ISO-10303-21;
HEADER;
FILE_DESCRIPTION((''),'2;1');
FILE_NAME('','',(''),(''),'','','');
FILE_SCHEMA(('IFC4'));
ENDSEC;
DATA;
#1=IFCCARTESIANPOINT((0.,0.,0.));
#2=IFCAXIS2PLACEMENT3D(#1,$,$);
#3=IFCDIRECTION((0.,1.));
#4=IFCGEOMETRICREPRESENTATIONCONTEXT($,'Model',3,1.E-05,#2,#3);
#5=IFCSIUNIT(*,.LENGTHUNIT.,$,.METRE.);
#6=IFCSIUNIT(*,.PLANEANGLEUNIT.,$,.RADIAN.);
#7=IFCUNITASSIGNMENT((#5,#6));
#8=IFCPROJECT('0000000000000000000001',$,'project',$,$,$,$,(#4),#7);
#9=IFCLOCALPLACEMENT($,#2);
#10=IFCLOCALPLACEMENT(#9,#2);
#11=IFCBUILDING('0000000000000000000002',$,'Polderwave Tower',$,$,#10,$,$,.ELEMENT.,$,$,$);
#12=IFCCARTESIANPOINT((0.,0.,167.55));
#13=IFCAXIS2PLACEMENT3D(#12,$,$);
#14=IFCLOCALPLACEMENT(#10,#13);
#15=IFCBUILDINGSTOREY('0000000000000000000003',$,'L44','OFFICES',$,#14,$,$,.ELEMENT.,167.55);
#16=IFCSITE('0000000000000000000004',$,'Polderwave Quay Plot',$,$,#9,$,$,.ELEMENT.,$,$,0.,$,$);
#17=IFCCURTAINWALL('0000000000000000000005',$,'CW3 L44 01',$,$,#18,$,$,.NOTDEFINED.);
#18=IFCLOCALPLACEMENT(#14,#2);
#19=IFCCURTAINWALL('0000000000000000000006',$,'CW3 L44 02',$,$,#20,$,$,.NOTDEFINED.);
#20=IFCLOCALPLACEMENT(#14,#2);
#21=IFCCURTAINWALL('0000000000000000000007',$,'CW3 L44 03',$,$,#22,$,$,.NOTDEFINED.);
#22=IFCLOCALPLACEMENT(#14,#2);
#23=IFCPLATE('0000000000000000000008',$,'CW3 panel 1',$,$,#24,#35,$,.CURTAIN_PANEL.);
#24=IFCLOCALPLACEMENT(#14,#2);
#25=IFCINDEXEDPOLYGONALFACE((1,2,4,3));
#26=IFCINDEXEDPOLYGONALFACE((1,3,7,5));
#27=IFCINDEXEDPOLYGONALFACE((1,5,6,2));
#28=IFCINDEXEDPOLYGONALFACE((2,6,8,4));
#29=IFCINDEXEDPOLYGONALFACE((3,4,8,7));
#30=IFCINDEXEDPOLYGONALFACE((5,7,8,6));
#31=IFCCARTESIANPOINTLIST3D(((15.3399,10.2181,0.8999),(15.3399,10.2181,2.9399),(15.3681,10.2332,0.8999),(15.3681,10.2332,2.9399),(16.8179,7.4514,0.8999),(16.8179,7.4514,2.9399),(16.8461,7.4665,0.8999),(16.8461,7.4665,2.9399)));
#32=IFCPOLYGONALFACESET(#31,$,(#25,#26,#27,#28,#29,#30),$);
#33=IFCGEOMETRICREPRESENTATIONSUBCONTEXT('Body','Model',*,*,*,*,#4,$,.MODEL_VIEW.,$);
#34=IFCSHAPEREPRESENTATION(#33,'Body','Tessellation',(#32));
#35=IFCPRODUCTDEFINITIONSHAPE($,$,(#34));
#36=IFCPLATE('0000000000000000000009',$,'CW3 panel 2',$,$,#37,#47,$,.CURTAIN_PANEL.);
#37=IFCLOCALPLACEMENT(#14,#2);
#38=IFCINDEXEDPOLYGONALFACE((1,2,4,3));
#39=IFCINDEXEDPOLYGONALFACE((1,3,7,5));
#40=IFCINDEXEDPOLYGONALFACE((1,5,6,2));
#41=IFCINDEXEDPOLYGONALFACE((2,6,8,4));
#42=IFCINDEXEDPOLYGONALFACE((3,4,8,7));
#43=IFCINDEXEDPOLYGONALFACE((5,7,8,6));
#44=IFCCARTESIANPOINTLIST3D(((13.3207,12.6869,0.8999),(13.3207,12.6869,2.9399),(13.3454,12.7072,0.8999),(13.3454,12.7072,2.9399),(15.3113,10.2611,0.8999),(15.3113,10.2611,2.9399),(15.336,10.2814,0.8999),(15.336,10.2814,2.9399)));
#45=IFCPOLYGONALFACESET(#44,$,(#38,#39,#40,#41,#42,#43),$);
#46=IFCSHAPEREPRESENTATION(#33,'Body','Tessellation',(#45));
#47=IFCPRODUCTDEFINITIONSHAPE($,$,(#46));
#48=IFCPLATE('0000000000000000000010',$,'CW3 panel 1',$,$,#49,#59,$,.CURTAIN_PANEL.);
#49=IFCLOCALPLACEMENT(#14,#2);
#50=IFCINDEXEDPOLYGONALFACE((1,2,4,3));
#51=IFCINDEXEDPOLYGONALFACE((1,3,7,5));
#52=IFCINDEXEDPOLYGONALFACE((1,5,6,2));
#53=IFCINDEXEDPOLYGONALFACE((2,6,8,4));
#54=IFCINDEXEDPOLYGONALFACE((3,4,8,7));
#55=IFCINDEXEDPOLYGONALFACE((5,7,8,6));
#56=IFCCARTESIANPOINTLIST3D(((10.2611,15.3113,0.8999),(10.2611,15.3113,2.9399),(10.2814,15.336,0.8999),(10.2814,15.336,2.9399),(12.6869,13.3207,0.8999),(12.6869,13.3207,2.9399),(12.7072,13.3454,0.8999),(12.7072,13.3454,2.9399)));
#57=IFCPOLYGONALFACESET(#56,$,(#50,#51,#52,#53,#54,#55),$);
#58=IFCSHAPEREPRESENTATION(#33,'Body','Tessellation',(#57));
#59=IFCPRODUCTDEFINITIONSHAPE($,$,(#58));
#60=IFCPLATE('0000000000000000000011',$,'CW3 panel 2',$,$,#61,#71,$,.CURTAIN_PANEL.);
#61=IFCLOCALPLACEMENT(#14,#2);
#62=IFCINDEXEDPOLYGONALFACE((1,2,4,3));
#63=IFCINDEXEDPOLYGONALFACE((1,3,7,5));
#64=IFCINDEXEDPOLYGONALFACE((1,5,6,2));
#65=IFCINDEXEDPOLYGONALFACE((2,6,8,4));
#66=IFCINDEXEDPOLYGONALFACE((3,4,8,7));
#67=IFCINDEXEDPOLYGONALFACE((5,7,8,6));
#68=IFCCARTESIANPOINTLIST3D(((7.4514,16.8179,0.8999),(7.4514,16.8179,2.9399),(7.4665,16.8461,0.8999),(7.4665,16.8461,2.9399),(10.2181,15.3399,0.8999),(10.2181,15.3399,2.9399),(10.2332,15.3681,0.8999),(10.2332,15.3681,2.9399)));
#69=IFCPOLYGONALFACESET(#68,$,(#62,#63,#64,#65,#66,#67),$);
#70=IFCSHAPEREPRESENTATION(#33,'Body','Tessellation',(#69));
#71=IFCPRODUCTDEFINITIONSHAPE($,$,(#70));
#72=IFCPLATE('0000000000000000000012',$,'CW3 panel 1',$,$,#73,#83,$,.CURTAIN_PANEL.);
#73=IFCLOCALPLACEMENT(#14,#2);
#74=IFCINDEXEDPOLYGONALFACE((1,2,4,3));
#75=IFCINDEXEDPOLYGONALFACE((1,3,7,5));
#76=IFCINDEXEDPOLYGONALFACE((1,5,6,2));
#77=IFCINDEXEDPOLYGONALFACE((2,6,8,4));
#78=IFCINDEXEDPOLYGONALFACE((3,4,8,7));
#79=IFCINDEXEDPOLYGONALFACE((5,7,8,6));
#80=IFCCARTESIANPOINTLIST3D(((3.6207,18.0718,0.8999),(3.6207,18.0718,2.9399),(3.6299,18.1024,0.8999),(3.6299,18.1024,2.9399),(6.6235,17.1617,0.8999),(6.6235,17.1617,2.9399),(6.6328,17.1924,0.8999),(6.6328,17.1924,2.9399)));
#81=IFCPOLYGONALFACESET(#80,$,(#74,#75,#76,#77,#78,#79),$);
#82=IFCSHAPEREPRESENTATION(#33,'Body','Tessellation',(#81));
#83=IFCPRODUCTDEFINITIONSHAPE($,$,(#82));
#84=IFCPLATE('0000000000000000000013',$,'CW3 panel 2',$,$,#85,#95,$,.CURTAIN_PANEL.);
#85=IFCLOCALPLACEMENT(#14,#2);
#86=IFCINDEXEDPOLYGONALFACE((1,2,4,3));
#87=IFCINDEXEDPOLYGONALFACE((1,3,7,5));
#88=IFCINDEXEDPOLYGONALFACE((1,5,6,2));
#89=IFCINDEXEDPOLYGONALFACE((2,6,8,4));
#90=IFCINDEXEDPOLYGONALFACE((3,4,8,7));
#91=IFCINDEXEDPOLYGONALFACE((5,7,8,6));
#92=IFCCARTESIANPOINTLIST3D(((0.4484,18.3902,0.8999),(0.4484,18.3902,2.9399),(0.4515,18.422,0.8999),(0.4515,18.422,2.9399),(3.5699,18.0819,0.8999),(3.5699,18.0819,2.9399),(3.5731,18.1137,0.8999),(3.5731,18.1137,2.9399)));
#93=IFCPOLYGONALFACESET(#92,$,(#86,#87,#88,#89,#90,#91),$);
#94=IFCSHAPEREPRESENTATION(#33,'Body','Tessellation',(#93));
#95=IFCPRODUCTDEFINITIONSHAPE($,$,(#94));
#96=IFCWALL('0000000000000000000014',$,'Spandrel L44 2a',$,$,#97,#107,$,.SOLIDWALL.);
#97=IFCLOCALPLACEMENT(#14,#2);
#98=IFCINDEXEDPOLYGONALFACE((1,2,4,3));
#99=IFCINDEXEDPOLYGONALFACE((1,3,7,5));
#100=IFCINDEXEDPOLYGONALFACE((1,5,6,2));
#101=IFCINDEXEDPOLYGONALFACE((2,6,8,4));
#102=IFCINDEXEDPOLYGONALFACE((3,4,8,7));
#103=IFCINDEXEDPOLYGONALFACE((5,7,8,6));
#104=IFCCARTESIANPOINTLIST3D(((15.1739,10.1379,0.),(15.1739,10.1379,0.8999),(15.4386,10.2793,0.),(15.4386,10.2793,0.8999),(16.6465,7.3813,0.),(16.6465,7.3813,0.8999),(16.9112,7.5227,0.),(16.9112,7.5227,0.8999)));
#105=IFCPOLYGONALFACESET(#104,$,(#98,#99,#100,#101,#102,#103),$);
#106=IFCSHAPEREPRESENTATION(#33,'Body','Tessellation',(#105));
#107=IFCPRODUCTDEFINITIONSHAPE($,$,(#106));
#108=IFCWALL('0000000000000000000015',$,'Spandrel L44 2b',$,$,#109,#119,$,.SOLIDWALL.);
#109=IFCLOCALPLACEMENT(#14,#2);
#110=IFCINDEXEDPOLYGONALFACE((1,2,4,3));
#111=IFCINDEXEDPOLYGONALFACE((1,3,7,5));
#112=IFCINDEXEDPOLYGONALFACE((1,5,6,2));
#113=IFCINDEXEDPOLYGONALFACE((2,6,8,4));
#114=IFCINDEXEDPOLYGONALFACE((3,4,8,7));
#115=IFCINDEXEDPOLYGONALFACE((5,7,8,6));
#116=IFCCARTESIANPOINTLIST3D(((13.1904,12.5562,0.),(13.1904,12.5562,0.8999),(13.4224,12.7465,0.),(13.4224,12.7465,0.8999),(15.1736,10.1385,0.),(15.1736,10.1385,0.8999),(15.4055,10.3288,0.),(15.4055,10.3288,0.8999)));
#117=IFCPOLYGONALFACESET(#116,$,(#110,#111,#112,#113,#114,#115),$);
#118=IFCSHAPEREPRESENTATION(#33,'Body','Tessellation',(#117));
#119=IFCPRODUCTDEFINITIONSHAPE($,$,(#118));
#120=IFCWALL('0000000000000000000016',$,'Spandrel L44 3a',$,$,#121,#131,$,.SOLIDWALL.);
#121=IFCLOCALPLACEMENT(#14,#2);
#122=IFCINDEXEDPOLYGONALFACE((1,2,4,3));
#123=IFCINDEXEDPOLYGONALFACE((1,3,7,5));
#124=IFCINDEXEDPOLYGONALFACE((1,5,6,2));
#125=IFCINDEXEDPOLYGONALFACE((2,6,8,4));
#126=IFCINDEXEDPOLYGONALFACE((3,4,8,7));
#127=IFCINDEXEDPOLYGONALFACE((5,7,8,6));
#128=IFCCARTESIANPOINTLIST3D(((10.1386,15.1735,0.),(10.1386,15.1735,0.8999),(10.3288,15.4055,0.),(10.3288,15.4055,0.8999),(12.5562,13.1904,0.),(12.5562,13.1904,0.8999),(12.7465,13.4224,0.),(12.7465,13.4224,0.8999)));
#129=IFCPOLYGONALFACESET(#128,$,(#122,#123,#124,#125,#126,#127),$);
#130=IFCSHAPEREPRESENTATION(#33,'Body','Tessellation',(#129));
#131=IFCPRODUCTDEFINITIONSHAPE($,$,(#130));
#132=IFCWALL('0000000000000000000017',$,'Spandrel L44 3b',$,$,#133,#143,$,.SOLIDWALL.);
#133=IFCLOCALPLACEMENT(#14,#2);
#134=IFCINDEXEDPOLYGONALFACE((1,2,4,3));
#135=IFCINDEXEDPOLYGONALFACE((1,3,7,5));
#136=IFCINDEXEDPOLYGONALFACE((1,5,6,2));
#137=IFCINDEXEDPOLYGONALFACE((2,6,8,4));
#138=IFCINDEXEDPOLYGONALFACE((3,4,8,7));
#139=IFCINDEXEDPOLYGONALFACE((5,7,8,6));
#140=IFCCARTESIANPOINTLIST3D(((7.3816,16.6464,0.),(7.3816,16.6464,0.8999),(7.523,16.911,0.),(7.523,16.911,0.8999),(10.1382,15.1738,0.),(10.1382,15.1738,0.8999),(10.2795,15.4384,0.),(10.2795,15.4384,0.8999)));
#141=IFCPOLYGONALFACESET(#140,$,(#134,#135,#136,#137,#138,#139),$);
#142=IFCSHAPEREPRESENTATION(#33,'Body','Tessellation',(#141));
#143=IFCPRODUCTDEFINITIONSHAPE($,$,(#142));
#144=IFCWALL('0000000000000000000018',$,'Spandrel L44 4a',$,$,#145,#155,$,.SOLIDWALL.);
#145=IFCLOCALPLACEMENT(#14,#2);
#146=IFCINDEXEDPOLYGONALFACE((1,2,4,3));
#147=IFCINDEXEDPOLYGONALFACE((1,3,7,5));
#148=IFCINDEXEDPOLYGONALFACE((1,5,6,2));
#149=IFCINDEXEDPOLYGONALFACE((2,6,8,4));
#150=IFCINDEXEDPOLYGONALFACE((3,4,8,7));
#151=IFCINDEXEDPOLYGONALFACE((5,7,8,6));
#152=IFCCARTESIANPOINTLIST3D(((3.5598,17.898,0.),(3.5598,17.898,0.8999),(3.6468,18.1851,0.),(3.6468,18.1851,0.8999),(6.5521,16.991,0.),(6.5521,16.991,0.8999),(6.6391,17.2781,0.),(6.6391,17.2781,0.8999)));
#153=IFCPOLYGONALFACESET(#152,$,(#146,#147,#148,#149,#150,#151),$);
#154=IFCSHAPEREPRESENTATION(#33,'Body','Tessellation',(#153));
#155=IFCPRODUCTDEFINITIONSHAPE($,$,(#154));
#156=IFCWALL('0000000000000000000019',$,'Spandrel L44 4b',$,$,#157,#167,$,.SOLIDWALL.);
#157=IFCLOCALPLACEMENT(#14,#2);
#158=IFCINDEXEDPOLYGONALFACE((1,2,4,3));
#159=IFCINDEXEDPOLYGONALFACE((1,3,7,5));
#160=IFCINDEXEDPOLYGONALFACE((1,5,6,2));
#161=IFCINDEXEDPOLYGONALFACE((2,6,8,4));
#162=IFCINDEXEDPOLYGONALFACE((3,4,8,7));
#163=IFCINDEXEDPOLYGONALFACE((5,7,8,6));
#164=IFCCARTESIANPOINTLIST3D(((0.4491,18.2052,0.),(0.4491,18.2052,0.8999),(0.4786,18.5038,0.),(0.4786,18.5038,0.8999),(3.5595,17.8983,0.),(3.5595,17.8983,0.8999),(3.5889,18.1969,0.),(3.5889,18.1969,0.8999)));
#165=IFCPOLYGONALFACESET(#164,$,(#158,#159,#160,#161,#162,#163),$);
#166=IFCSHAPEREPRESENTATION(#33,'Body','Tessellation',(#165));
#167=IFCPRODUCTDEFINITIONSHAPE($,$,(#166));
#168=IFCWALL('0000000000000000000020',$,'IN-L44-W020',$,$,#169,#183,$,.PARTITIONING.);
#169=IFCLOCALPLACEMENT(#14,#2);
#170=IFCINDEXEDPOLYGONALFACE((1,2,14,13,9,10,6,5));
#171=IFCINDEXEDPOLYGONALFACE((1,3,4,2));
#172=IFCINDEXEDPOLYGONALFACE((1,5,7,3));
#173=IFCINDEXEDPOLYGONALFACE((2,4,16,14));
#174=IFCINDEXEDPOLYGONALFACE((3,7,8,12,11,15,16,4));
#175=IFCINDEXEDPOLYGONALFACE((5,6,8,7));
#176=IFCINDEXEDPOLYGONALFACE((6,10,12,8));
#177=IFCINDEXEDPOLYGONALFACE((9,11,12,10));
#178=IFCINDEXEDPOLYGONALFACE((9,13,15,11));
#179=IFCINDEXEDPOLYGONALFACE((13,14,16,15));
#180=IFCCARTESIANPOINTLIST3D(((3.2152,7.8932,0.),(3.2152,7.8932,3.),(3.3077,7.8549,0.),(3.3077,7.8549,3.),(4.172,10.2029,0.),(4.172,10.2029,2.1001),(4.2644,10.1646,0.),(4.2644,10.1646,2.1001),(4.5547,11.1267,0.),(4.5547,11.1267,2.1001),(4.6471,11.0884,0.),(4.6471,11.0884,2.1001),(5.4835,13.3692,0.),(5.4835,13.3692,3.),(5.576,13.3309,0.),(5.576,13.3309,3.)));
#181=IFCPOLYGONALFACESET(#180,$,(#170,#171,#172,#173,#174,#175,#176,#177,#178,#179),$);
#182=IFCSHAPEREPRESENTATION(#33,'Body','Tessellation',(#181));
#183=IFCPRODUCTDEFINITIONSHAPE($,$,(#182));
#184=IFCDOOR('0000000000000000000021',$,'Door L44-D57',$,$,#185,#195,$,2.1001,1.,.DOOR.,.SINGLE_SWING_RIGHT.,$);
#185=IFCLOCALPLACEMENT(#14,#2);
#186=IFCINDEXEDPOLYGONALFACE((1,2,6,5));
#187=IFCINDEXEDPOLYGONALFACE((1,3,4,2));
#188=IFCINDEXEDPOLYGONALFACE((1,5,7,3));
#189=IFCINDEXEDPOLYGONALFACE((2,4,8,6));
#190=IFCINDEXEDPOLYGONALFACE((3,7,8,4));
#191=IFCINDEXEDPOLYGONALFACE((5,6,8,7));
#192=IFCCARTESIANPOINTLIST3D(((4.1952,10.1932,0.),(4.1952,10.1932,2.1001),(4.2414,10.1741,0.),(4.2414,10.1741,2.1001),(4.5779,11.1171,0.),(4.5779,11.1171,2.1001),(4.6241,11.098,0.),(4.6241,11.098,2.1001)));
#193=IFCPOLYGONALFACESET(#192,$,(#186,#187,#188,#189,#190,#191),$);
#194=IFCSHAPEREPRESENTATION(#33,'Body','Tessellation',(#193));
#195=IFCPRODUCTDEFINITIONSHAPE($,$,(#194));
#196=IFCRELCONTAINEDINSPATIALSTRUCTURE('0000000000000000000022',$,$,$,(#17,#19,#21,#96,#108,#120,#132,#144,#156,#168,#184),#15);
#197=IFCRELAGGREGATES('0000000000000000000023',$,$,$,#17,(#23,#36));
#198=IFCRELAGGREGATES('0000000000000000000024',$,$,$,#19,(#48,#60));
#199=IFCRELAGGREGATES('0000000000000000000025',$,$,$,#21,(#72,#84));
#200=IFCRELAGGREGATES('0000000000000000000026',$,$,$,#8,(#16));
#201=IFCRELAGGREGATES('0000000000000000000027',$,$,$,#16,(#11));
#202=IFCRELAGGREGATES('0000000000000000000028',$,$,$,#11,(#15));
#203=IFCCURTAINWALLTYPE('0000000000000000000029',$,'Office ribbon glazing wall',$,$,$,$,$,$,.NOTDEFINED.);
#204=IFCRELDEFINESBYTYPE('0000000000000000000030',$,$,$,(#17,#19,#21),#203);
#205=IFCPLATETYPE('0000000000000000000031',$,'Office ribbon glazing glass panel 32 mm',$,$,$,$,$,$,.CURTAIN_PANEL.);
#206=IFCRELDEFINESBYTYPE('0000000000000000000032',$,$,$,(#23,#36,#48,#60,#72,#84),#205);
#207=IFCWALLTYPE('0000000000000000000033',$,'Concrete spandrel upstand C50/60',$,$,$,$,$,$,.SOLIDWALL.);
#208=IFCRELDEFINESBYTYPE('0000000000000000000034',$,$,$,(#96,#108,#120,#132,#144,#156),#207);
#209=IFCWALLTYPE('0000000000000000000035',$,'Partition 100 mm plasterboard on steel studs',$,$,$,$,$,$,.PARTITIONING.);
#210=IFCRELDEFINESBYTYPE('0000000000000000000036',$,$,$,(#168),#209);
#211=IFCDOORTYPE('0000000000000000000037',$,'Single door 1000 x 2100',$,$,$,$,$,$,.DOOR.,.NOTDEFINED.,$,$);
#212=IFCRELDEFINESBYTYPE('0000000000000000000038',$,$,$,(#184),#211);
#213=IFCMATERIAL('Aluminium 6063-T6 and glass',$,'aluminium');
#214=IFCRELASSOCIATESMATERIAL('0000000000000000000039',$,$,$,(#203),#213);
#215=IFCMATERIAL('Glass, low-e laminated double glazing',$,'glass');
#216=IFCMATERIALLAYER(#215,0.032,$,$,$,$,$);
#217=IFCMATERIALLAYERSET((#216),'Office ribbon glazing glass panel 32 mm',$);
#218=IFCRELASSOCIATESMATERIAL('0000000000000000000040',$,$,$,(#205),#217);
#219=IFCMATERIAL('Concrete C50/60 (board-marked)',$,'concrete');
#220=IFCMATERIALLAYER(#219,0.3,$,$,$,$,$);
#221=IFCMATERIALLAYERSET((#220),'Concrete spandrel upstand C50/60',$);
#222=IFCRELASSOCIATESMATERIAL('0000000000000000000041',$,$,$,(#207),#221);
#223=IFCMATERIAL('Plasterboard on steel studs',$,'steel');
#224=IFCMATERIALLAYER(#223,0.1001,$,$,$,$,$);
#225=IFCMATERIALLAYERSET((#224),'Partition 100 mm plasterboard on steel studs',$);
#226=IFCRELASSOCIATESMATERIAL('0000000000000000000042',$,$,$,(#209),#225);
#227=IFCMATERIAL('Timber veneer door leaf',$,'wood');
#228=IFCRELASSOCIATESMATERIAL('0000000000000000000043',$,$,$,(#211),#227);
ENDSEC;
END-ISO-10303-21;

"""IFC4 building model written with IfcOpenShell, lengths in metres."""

from ifc_helpers import new_model, si_unit, direction, frame, frame_2d, origin, origin_2d, place, context, subcontext, project, spatial, rectangle, extrude, material, layer, layer_set, type_object, element, fill, aggregate, save


model = new_model("IFC4")

# Units and contexts
model_context = context("Model", 3, precision=1e-05, world=origin(), true_north=direction((0.0, 1.0)))
body_context = subcontext(model_context, "Body", "Model", "MODEL_VIEW")
ifc_project = project(units=[si_unit("LENGTHUNIT", "METRE"), si_unit("PLANEANGLEUNIT", "RADIAN")], contexts=[model_context])

# Site, building, storey
site_placement = place(None, origin())
site = spatial("IfcSite", under=ifc_project, at=site_placement, Name="Polderwave Quay Plot", CompositionType="ELEMENT", RefElevation=0.0)
building_placement = place(site_placement, origin())
building = spatial("IfcBuilding", under=site, at=building_placement, Name="Polderwave Tower", CompositionType="ELEMENT")
storey_placement = place(building_placement, frame((0.0, 0.0, 167.55)))
storey = spatial("IfcBuildingStorey", under=building, at=storey_placement, Name="L44", Description="OFFICES", CompositionType="ELEMENT", Elevation=167.55)

# Curtain walls
ifc_material_1 = material(Name="Aluminium 6063-T6 and glass", Category="aluminium")
curtain_wall_type = type_object("IfcCurtainWallType", Name="Office ribbon glazing wall", PredefinedType="NOTDEFINED", material=ifc_material_1)
curtain_wall_1_placement = place(storey_placement, origin())
curtain_wall_1 = element("IfcCurtainWall", 1, at=curtain_wall_1_placement, inside=storey, type_object=curtain_wall_type, Name="CW3 L44 01", PredefinedType="NOTDEFINED")
curtain_wall_2_placement = place(storey_placement, origin())
curtain_wall_2 = element("IfcCurtainWall", 2, at=curtain_wall_2_placement, inside=storey, type_object=curtain_wall_type, Name="CW3 L44 02", PredefinedType="NOTDEFINED")
curtain_wall_3_placement = place(storey_placement, origin())
curtain_wall_3 = element("IfcCurtainWall", 3, at=curtain_wall_3_placement, inside=storey, type_object=curtain_wall_type, Name="CW3 L44 03", PredefinedType="NOTDEFINED")

# Plates
ifc_material_2 = material(Name="Glass, low-e laminated double glazing", Category="glass")
ifc_layer_1 = layer(ifc_material_2, 0.032)
ifc_layer_set_1 = layer_set([ifc_layer_1], Name="Office ribbon glazing glass panel 32 mm")
plate_type = type_object("IfcPlateType", Name="Office ribbon glazing glass panel 32 mm", PredefinedType="CURTAIN_PANEL", material=ifc_layer_set_1)
plate_1_placement = place(storey_placement, frame((16.093, 8.8423, 0.8999), z_axis=(0.0, 0.0, 1.0), x_axis=(-0.471195, 0.882029, 0.0)))
plate_1 = element("IfcPlate", 4, at=plate_1_placement, type_object=plate_type, Name="CW3 panel 1", PredefinedType="CURTAIN_PANEL", context=body_context, shape_type="SweptSolid", body=[
    extrude(rectangle(XDim=3.1367, YDim=0.032, at=origin_2d()), origin(), (0.0, 0.0, 1.0), 2.04),
])
plate_2_placement = place(storey_placement, frame((14.3284, 11.4841, 0.8999), z_axis=(0.0, 0.0, 1.0), x_axis=(-0.634356, 0.773041, 0.0)))
plate_2 = element("IfcPlate", 5, at=plate_2_placement, type_object=plate_type, Name="CW3 panel 2", PredefinedType="CURTAIN_PANEL", context=body_context, shape_type="SweptSolid", body=[
    extrude(rectangle(XDim=3.1379, YDim=0.032, at=origin_2d()), origin(), (0.0, 0.0, 1.0), 2.04),
])
aggregate(curtain_wall_1, [plate_1, plate_2])
plate_3_placement = place(storey_placement, frame((11.4841, 14.3284, 0.8999), z_axis=(0.0, 0.0, 1.0), x_axis=(-0.773041, 0.634356, 0.0)))
plate_3 = element("IfcPlate", 6, at=plate_3_placement, type_object=plate_type, Name="CW3 panel 1", PredefinedType="CURTAIN_PANEL", context=body_context, shape_type="SweptSolid", body=[
    extrude(rectangle(XDim=3.1379, YDim=0.032, at=origin_2d()), origin(), (0.0, 0.0, 1.0), 2.04),
])
plate_4_placement = place(storey_placement, frame((8.8423, 16.093, 0.8999), z_axis=(0.0, 0.0, 1.0), x_axis=(-0.882029, 0.471195, 0.0)))
plate_4 = element("IfcPlate", 7, at=plate_4_placement, type_object=plate_type, Name="CW3 panel 2", PredefinedType="CURTAIN_PANEL", context=body_context, shape_type="SweptSolid", body=[
    extrude(rectangle(XDim=3.1367, YDim=0.032, at=origin_2d()), origin(), (0.0, 0.0, 1.0), 2.04),
])
aggregate(curtain_wall_2, [plate_3, plate_4])
plate_5_placement = place(storey_placement, frame((5.1267, 17.6321, 0.8999), z_axis=(0.0, 0.0, 1.0), x_axis=(-0.957014, 0.290042, 0.0)))
plate_5 = element("IfcPlate", 8, at=plate_5_placement, type_object=plate_type, Name="CW3 panel 1", PredefinedType="CURTAIN_PANEL", context=body_context, shape_type="SweptSolid", body=[
    extrude(rectangle(XDim=3.1377, YDim=0.032, at=origin_2d()), origin(), (0.0, 0.0, 1.0), 2.04),
])
plate_6_placement = place(storey_placement, frame((2.0107, 18.252, 0.8999), z_axis=(0.0, 0.0, 1.0), x_axis=(-0.995159, 0.098283, 0.0)))
plate_6 = element("IfcPlate", 9, at=plate_6_placement, type_object=plate_type, Name="CW3 panel 2", PredefinedType="CURTAIN_PANEL", context=body_context, shape_type="SweptSolid", body=[
    extrude(rectangle(XDim=3.1367, YDim=0.032, at=origin_2d()), origin(), (0.0, 0.0, 1.0), 2.04),
])
aggregate(curtain_wall_3, [plate_5, plate_6])

# Walls
ifc_material_3 = material(Name="Concrete C50/60 (board-marked)", Category="concrete")
ifc_layer_2 = layer(ifc_material_3, 0.3)
ifc_layer_set_2 = layer_set([ifc_layer_2], Name="Concrete spandrel upstand C50/60")
wall_type_1 = type_object("IfcWallType", Name="Concrete spandrel upstand C50/60", PredefinedType="SOLIDWALL", material=ifc_layer_set_2)
wall_1_placement = place(storey_placement, frame((16.7788, 7.4521, 0.0), z_axis=(0.0, 0.0, 1.0), x_axis=(-0.471204, 0.882024, 0.0)))
element("IfcWall", 10, at=wall_1_placement, inside=storey, type_object=wall_type_1, Name="Spandrel L44 2a", PredefinedType="SOLIDWALL", context=body_context, shape_type="SweptSolid", body=[
    extrude(rectangle(XDim=3.1252, YDim=0.3, at=frame_2d((1.5625, 0.0))), origin(), (0.0, 0.0, 1.0), 0.8999),
])
for number, where, z_axis, x_axis, name in (
    (11, (15.2896, 10.2336, 0.0), (0.0, 0.0, 1.0), (-0.634198, 0.773171, 0.0), "Spandrel L44 2b"),
    (12, (12.6514, 13.3064, 0.0), (0.0, 0.0, 1.0), (-0.773171, 0.634198, 0.0), "Spandrel L44 3a"),
):
    element("IfcWall", number, at=place(storey_placement, frame(where, z_axis=z_axis, x_axis=x_axis)), inside=storey, type_object=wall_type_1, Name=name, PredefinedType="SOLIDWALL", context=body_context, shape_type="SweptSolid", body=[
        extrude(rectangle(XDim=3.127, YDim=0.3, at=frame_2d((1.5635, 0.0))), origin(), (0.0, 0.0, 1.0), 0.8999),
    ])
wall_2_placement = place(storey_placement, frame((10.2087, 15.3062, 0.0), z_axis=(0.0, 0.0, 1.0), x_axis=(-0.882024, 0.471204, 0.0)))
element("IfcWall", 13, at=wall_2_placement, inside=storey, type_object=wall_type_1, Name="Spandrel L44 3b", PredefinedType="SOLIDWALL", context=body_context, shape_type="SweptSolid", body=[
    extrude(rectangle(XDim=3.1252, YDim=0.3, at=frame_2d((1.5625, 0.0))), origin(), (0.0, 0.0, 1.0), 0.8999),
])
wall_3_placement = place(storey_placement, frame((6.5957, 17.1345, 0.0), z_axis=(0.0, 0.0, 1.0), x_axis=(-0.957001, 0.290083, 0.0)))
element("IfcWall", 14, at=wall_3_placement, inside=storey, type_object=wall_type_1, Name="Spandrel L44 4a", PredefinedType="SOLIDWALL", context=body_context, shape_type="SweptSolid", body=[
    extrude(rectangle(XDim=3.1267, YDim=0.3, at=frame_2d((1.5635, 0.0))), origin(), (0.0, 0.0, 1.0), 0.8999),
])
wall_4_placement = place(storey_placement, frame((3.5742, 18.0476, 0.0), z_axis=(0.0, 0.0, 1.0), x_axis=(-0.995168, 0.098189, 0.0)))
element("IfcWall", 15, at=wall_4_placement, inside=storey, type_object=wall_type_1, Name="Spandrel L44 4b", PredefinedType="SOLIDWALL", context=body_context, shape_type="SweptSolid", body=[
    extrude(rectangle(XDim=3.1255, YDim=0.3, at=frame_2d((1.5627, 0.0))), origin(), (0.0, 0.0, 1.0), 0.8999),
])

# Wall, opening, door
ifc_material_4 = material(Name="Plasterboard on steel studs", Category="steel")
ifc_layer_3 = layer(ifc_material_4, 0.1001)
ifc_layer_set_3 = layer_set([ifc_layer_3], Name="Partition 100 mm plasterboard on steel studs")
wall_type_2 = type_object("IfcWallType", Name="Partition 100 mm plasterboard on steel studs", PredefinedType="PARTITIONING", material=ifc_layer_set_3)
wall_5_placement = place(storey_placement, frame((3.2615, 7.874, 0.0), z_axis=(0.0, 0.0, 1.0), x_axis=(0.38269, 0.923877, 0.0)))
wall_5 = element("IfcWall", 16, at=wall_5_placement, inside=storey, type_object=wall_type_2, Name="IN-L44-W020", PredefinedType="PARTITIONING", context=body_context, shape_type="SweptSolid", body=[
    extrude(rectangle(XDim=5.9272, YDim=0.1001, at=frame_2d((2.9636, 0.0))), origin(), (0.0, 0.0, 1.0), 3.0),
])
opening_1_placement = place(wall_5_placement, frame((2.5, 0.0, 0.0)))
opening_1 = element("IfcOpeningElement", 17, at=opening_1_placement, cuts=wall_5, PredefinedType="OPENING", context=body_context, shape_type="SweptSolid", body=[
    extrude(rectangle(XDim=1.0, YDim=2.1001, at=frame_2d((0.5, 1.05))), frame((0.0, 0.0601, 0.0), z_axis=(0.0, -1.0, 0.0), x_axis=(1.0, 0.0, 0.0)), (0.0, 0.0, 1.0), 0.1201),
])
ifc_material_5 = material(Name="Timber veneer door leaf", Category="wood")
door_type = type_object("IfcDoorType", Name="Single door 1000 x 2100", OperationType="NOTDEFINED", PredefinedType="DOOR", material=ifc_material_5)
door_1_placement = place(opening_1_placement, origin())
door_1 = element("IfcDoor", 18, at=door_1_placement, inside=storey, type_object=door_type, Name="Door L44-D57", OperationType="SINGLE_SWING_RIGHT", OverallHeight=2.1001, OverallWidth=1.0, PredefinedType="DOOR", context=body_context, shape_type="SweptSolid", body=[
    extrude(rectangle(XDim=1.0, YDim=2.1001, at=frame_2d((0.5, 1.05))), frame((0.0, 0.0249, 0.0), z_axis=(0.0, -1.0, 0.0), x_axis=(1.0, 0.0, 0.0)), (0.0, 0.0, 1.0), 0.05),
])
fill(opening_1, door_1)

save(model, "model.ifc")
